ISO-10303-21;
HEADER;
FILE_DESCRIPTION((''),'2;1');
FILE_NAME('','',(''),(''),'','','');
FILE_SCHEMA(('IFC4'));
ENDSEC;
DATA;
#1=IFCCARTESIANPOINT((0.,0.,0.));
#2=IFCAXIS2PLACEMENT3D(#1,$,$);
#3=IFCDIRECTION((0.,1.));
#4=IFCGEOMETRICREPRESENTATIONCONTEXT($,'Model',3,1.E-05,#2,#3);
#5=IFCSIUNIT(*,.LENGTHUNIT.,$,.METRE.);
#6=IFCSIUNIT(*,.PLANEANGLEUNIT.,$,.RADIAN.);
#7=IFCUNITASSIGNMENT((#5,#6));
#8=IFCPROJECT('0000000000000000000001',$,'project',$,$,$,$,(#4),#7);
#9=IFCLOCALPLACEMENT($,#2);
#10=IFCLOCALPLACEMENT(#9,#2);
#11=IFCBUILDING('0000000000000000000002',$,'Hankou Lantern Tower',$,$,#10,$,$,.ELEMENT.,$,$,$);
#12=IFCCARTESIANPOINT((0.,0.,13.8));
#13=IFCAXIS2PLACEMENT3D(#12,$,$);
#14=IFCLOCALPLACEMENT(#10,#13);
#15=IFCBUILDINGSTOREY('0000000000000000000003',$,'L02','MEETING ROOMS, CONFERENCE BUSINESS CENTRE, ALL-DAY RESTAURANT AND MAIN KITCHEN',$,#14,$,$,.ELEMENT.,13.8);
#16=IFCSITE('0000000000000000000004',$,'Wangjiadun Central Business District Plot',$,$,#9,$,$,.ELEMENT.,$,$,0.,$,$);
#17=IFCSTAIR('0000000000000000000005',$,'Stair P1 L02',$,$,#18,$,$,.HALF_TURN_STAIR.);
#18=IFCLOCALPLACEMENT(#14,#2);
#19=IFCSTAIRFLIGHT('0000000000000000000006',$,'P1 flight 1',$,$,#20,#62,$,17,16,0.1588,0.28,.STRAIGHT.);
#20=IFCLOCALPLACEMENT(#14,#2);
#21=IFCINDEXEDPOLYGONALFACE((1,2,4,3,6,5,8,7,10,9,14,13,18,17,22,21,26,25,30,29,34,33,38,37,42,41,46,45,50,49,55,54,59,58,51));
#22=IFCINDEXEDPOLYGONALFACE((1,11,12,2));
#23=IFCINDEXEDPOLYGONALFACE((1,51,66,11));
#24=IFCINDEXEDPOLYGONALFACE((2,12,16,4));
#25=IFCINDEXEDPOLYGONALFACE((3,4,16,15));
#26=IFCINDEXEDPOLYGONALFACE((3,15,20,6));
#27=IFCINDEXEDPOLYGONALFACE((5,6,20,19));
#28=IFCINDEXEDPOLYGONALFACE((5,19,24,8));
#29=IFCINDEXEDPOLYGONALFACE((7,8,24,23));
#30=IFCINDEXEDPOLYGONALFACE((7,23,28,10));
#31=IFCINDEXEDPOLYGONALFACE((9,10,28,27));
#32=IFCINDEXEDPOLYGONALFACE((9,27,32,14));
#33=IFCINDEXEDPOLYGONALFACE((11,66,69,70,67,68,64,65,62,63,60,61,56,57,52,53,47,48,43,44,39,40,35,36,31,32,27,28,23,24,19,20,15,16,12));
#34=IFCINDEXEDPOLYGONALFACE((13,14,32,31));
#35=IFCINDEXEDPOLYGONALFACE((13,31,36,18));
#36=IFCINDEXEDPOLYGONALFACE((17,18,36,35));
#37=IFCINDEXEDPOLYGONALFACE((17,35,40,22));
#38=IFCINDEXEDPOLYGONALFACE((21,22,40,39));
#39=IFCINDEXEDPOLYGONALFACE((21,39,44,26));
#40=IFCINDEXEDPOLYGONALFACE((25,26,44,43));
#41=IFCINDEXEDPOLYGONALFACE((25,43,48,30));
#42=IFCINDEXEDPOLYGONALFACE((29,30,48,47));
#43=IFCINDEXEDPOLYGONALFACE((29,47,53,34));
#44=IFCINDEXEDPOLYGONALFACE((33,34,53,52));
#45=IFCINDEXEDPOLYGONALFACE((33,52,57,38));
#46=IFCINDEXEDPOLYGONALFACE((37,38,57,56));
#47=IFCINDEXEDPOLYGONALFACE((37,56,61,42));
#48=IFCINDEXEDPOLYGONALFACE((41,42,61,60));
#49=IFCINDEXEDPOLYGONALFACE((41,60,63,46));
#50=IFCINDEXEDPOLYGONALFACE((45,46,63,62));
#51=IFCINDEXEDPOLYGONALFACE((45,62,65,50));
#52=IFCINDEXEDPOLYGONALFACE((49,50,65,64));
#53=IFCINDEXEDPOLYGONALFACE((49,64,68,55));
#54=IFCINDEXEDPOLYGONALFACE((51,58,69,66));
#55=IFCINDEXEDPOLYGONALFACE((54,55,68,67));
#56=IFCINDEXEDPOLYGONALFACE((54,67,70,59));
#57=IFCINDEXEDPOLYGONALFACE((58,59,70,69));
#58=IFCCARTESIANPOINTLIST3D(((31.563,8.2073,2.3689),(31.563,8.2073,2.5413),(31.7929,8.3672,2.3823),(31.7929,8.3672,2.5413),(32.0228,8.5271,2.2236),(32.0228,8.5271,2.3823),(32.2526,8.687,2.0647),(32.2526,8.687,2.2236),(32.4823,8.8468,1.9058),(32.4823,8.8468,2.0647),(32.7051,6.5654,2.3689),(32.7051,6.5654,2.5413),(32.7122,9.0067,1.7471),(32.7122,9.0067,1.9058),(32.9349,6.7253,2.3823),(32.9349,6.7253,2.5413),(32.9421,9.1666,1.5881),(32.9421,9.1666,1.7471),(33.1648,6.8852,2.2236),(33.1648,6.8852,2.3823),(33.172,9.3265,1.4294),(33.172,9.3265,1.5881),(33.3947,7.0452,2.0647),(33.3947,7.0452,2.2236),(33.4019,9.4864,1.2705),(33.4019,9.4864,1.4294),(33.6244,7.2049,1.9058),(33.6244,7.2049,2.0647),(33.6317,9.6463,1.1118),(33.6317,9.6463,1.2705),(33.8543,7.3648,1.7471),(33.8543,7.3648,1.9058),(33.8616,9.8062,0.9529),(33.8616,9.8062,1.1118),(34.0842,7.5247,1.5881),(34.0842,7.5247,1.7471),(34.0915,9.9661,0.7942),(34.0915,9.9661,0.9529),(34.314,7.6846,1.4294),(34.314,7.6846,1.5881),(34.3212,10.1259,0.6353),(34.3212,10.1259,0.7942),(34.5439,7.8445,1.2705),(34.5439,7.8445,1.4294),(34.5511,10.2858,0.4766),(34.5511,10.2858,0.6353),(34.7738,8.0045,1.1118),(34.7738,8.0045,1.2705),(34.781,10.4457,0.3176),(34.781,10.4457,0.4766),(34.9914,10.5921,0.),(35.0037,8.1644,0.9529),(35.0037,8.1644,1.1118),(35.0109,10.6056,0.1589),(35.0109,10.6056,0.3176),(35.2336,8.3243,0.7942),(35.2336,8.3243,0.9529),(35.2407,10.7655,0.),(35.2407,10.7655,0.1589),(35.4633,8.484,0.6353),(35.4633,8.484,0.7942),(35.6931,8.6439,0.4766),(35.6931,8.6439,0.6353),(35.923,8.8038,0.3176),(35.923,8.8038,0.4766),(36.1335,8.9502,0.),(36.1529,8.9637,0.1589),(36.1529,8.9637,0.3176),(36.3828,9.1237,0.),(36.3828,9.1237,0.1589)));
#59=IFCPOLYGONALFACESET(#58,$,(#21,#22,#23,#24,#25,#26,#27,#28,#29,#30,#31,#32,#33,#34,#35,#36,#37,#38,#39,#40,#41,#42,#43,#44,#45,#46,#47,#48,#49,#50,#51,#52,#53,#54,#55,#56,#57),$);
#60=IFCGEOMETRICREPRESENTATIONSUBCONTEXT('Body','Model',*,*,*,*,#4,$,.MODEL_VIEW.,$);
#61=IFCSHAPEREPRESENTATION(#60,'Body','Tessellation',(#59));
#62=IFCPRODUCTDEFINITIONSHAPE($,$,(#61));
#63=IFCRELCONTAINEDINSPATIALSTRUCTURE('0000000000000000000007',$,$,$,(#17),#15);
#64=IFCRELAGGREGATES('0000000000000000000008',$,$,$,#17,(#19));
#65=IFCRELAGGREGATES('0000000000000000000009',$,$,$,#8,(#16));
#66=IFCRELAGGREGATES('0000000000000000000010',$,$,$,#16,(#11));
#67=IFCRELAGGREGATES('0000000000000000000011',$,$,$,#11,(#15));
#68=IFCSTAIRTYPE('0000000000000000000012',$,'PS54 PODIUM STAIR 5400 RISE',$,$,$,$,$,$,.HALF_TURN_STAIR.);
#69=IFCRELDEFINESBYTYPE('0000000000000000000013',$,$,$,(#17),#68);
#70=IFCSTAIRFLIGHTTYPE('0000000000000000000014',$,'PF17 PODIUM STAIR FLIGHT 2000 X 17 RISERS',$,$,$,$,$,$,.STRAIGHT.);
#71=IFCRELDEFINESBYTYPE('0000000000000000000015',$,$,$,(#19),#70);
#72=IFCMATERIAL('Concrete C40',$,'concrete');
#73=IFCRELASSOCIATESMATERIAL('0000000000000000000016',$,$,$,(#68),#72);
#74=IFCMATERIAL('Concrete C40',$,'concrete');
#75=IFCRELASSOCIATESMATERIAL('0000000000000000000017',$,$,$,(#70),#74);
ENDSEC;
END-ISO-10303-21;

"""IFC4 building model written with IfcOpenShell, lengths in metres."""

from ifc_helpers import new_model, si_unit, direction, frame, origin, place, context, subcontext, project, spatial, polyline, outline, extrude, material, type_object, element, aggregate, save


model = new_model("IFC4")

# Units and contexts
model_context = context("Model", 3, precision=1e-05, world=origin(), true_north=direction((0.0, 1.0)))
body_context = subcontext(model_context, "Body", "Model", "MODEL_VIEW")
ifc_project = project(units=[si_unit("LENGTHUNIT", "METRE"), si_unit("PLANEANGLEUNIT", "RADIAN")], contexts=[model_context])

# Site, building, storey
site_placement = place(None, origin())
site = spatial("IfcSite", under=ifc_project, at=site_placement, Name="Wangjiadun Central Business District Plot", CompositionType="ELEMENT", RefElevation=0.0)
building_placement = place(site_placement, origin())
building = spatial("IfcBuilding", under=site, at=building_placement, Name="Hankou Lantern Tower", CompositionType="ELEMENT")
storey_placement = place(building_placement, frame((0.0, 0.0, 13.8)))
storey = spatial("IfcBuildingStorey", under=building, at=storey_placement, Name="L02", Description="MEETING ROOMS, CONFERENCE BUSINESS CENTRE, ALL-DAY RESTAURANT AND MAIN KITCHEN", CompositionType="ELEMENT", Elevation=13.8)

# Stair, stair flight
ifc_material_1 = material(Name="Concrete C40", Category="concrete")
stair_type = type_object("IfcStairType", Name="PS54 PODIUM STAIR 5400 RISE", PredefinedType="HALF_TURN_STAIR", material=ifc_material_1)
stair_placement = place(storey_placement, origin())
stair = element("IfcStair", 1, at=stair_placement, inside=storey, type_object=stair_type, Name="Stair P1 L02", PredefinedType="HALF_TURN_STAIR")
ifc_material_2 = material(Name="Concrete C40", Category="concrete")
stair_flight_type = type_object("IfcStairFlightType", Name="PF17 PODIUM STAIR FLIGHT 2000 X 17 RISERS", PredefinedType="STRAIGHT", material=ifc_material_2)
stair_flight_placement = place(storey_placement, frame((35.8118, 9.9446, 0.0), z_axis=(0.0, 0.0, 1.0), x_axis=(-0.820927, -0.571033, 0.0)))
stair_flight = element("IfcStairFlight", 2, at=stair_flight_placement, type_object=stair_flight_type, Name="P1 flight 1", NumberOfRisers=17, NumberOfTreads=16, PredefinedType="STRAIGHT", RiserHeight=0.1588, TreadLength=0.28, context=body_context, shape_type="SweptSolid", body=[
    extrude(outline(polyline([(0.0, 0.0), (0.0, 0.1589), (0.28, 0.1589), (0.28, 0.3176), (0.5601, 0.3176), (0.5601, 0.4766), (0.8401, 0.4766), (0.8401, 0.6353), (1.1201, 0.6353), (1.1201, 0.7942), (1.3999, 0.7942), (1.3999, 0.9529), (1.6799, 0.9529), (1.6799, 1.1118), (1.96, 1.1118), (1.96, 1.2705), (2.24, 1.2705), (2.24, 1.4294), (2.52, 1.4294), (2.52, 1.5881), (2.8, 1.5881), (2.8, 1.7471), (3.0801, 1.7471), (3.0801, 1.9058), (3.3601, 1.9058), (3.3601, 2.0647), (3.6399, 2.0647), (3.6399, 2.2236), (3.9199, 2.2236), (3.9199, 2.3823), (4.2, 2.3823), (4.2, 2.5413), (4.48, 2.5413), (4.48, 2.7), (4.48, 2.3689), (0.3037, 0.0), (0.0, 0.0)])), frame((0.0, 1.0, 0.0), z_axis=(0.0, -1.0, 0.0), x_axis=(1.0, 0.0, 0.0)), (0.0, 0.0, 1.0), 2.0),
])
aggregate(stair, [stair_flight])

save(model, "model.ifc")
